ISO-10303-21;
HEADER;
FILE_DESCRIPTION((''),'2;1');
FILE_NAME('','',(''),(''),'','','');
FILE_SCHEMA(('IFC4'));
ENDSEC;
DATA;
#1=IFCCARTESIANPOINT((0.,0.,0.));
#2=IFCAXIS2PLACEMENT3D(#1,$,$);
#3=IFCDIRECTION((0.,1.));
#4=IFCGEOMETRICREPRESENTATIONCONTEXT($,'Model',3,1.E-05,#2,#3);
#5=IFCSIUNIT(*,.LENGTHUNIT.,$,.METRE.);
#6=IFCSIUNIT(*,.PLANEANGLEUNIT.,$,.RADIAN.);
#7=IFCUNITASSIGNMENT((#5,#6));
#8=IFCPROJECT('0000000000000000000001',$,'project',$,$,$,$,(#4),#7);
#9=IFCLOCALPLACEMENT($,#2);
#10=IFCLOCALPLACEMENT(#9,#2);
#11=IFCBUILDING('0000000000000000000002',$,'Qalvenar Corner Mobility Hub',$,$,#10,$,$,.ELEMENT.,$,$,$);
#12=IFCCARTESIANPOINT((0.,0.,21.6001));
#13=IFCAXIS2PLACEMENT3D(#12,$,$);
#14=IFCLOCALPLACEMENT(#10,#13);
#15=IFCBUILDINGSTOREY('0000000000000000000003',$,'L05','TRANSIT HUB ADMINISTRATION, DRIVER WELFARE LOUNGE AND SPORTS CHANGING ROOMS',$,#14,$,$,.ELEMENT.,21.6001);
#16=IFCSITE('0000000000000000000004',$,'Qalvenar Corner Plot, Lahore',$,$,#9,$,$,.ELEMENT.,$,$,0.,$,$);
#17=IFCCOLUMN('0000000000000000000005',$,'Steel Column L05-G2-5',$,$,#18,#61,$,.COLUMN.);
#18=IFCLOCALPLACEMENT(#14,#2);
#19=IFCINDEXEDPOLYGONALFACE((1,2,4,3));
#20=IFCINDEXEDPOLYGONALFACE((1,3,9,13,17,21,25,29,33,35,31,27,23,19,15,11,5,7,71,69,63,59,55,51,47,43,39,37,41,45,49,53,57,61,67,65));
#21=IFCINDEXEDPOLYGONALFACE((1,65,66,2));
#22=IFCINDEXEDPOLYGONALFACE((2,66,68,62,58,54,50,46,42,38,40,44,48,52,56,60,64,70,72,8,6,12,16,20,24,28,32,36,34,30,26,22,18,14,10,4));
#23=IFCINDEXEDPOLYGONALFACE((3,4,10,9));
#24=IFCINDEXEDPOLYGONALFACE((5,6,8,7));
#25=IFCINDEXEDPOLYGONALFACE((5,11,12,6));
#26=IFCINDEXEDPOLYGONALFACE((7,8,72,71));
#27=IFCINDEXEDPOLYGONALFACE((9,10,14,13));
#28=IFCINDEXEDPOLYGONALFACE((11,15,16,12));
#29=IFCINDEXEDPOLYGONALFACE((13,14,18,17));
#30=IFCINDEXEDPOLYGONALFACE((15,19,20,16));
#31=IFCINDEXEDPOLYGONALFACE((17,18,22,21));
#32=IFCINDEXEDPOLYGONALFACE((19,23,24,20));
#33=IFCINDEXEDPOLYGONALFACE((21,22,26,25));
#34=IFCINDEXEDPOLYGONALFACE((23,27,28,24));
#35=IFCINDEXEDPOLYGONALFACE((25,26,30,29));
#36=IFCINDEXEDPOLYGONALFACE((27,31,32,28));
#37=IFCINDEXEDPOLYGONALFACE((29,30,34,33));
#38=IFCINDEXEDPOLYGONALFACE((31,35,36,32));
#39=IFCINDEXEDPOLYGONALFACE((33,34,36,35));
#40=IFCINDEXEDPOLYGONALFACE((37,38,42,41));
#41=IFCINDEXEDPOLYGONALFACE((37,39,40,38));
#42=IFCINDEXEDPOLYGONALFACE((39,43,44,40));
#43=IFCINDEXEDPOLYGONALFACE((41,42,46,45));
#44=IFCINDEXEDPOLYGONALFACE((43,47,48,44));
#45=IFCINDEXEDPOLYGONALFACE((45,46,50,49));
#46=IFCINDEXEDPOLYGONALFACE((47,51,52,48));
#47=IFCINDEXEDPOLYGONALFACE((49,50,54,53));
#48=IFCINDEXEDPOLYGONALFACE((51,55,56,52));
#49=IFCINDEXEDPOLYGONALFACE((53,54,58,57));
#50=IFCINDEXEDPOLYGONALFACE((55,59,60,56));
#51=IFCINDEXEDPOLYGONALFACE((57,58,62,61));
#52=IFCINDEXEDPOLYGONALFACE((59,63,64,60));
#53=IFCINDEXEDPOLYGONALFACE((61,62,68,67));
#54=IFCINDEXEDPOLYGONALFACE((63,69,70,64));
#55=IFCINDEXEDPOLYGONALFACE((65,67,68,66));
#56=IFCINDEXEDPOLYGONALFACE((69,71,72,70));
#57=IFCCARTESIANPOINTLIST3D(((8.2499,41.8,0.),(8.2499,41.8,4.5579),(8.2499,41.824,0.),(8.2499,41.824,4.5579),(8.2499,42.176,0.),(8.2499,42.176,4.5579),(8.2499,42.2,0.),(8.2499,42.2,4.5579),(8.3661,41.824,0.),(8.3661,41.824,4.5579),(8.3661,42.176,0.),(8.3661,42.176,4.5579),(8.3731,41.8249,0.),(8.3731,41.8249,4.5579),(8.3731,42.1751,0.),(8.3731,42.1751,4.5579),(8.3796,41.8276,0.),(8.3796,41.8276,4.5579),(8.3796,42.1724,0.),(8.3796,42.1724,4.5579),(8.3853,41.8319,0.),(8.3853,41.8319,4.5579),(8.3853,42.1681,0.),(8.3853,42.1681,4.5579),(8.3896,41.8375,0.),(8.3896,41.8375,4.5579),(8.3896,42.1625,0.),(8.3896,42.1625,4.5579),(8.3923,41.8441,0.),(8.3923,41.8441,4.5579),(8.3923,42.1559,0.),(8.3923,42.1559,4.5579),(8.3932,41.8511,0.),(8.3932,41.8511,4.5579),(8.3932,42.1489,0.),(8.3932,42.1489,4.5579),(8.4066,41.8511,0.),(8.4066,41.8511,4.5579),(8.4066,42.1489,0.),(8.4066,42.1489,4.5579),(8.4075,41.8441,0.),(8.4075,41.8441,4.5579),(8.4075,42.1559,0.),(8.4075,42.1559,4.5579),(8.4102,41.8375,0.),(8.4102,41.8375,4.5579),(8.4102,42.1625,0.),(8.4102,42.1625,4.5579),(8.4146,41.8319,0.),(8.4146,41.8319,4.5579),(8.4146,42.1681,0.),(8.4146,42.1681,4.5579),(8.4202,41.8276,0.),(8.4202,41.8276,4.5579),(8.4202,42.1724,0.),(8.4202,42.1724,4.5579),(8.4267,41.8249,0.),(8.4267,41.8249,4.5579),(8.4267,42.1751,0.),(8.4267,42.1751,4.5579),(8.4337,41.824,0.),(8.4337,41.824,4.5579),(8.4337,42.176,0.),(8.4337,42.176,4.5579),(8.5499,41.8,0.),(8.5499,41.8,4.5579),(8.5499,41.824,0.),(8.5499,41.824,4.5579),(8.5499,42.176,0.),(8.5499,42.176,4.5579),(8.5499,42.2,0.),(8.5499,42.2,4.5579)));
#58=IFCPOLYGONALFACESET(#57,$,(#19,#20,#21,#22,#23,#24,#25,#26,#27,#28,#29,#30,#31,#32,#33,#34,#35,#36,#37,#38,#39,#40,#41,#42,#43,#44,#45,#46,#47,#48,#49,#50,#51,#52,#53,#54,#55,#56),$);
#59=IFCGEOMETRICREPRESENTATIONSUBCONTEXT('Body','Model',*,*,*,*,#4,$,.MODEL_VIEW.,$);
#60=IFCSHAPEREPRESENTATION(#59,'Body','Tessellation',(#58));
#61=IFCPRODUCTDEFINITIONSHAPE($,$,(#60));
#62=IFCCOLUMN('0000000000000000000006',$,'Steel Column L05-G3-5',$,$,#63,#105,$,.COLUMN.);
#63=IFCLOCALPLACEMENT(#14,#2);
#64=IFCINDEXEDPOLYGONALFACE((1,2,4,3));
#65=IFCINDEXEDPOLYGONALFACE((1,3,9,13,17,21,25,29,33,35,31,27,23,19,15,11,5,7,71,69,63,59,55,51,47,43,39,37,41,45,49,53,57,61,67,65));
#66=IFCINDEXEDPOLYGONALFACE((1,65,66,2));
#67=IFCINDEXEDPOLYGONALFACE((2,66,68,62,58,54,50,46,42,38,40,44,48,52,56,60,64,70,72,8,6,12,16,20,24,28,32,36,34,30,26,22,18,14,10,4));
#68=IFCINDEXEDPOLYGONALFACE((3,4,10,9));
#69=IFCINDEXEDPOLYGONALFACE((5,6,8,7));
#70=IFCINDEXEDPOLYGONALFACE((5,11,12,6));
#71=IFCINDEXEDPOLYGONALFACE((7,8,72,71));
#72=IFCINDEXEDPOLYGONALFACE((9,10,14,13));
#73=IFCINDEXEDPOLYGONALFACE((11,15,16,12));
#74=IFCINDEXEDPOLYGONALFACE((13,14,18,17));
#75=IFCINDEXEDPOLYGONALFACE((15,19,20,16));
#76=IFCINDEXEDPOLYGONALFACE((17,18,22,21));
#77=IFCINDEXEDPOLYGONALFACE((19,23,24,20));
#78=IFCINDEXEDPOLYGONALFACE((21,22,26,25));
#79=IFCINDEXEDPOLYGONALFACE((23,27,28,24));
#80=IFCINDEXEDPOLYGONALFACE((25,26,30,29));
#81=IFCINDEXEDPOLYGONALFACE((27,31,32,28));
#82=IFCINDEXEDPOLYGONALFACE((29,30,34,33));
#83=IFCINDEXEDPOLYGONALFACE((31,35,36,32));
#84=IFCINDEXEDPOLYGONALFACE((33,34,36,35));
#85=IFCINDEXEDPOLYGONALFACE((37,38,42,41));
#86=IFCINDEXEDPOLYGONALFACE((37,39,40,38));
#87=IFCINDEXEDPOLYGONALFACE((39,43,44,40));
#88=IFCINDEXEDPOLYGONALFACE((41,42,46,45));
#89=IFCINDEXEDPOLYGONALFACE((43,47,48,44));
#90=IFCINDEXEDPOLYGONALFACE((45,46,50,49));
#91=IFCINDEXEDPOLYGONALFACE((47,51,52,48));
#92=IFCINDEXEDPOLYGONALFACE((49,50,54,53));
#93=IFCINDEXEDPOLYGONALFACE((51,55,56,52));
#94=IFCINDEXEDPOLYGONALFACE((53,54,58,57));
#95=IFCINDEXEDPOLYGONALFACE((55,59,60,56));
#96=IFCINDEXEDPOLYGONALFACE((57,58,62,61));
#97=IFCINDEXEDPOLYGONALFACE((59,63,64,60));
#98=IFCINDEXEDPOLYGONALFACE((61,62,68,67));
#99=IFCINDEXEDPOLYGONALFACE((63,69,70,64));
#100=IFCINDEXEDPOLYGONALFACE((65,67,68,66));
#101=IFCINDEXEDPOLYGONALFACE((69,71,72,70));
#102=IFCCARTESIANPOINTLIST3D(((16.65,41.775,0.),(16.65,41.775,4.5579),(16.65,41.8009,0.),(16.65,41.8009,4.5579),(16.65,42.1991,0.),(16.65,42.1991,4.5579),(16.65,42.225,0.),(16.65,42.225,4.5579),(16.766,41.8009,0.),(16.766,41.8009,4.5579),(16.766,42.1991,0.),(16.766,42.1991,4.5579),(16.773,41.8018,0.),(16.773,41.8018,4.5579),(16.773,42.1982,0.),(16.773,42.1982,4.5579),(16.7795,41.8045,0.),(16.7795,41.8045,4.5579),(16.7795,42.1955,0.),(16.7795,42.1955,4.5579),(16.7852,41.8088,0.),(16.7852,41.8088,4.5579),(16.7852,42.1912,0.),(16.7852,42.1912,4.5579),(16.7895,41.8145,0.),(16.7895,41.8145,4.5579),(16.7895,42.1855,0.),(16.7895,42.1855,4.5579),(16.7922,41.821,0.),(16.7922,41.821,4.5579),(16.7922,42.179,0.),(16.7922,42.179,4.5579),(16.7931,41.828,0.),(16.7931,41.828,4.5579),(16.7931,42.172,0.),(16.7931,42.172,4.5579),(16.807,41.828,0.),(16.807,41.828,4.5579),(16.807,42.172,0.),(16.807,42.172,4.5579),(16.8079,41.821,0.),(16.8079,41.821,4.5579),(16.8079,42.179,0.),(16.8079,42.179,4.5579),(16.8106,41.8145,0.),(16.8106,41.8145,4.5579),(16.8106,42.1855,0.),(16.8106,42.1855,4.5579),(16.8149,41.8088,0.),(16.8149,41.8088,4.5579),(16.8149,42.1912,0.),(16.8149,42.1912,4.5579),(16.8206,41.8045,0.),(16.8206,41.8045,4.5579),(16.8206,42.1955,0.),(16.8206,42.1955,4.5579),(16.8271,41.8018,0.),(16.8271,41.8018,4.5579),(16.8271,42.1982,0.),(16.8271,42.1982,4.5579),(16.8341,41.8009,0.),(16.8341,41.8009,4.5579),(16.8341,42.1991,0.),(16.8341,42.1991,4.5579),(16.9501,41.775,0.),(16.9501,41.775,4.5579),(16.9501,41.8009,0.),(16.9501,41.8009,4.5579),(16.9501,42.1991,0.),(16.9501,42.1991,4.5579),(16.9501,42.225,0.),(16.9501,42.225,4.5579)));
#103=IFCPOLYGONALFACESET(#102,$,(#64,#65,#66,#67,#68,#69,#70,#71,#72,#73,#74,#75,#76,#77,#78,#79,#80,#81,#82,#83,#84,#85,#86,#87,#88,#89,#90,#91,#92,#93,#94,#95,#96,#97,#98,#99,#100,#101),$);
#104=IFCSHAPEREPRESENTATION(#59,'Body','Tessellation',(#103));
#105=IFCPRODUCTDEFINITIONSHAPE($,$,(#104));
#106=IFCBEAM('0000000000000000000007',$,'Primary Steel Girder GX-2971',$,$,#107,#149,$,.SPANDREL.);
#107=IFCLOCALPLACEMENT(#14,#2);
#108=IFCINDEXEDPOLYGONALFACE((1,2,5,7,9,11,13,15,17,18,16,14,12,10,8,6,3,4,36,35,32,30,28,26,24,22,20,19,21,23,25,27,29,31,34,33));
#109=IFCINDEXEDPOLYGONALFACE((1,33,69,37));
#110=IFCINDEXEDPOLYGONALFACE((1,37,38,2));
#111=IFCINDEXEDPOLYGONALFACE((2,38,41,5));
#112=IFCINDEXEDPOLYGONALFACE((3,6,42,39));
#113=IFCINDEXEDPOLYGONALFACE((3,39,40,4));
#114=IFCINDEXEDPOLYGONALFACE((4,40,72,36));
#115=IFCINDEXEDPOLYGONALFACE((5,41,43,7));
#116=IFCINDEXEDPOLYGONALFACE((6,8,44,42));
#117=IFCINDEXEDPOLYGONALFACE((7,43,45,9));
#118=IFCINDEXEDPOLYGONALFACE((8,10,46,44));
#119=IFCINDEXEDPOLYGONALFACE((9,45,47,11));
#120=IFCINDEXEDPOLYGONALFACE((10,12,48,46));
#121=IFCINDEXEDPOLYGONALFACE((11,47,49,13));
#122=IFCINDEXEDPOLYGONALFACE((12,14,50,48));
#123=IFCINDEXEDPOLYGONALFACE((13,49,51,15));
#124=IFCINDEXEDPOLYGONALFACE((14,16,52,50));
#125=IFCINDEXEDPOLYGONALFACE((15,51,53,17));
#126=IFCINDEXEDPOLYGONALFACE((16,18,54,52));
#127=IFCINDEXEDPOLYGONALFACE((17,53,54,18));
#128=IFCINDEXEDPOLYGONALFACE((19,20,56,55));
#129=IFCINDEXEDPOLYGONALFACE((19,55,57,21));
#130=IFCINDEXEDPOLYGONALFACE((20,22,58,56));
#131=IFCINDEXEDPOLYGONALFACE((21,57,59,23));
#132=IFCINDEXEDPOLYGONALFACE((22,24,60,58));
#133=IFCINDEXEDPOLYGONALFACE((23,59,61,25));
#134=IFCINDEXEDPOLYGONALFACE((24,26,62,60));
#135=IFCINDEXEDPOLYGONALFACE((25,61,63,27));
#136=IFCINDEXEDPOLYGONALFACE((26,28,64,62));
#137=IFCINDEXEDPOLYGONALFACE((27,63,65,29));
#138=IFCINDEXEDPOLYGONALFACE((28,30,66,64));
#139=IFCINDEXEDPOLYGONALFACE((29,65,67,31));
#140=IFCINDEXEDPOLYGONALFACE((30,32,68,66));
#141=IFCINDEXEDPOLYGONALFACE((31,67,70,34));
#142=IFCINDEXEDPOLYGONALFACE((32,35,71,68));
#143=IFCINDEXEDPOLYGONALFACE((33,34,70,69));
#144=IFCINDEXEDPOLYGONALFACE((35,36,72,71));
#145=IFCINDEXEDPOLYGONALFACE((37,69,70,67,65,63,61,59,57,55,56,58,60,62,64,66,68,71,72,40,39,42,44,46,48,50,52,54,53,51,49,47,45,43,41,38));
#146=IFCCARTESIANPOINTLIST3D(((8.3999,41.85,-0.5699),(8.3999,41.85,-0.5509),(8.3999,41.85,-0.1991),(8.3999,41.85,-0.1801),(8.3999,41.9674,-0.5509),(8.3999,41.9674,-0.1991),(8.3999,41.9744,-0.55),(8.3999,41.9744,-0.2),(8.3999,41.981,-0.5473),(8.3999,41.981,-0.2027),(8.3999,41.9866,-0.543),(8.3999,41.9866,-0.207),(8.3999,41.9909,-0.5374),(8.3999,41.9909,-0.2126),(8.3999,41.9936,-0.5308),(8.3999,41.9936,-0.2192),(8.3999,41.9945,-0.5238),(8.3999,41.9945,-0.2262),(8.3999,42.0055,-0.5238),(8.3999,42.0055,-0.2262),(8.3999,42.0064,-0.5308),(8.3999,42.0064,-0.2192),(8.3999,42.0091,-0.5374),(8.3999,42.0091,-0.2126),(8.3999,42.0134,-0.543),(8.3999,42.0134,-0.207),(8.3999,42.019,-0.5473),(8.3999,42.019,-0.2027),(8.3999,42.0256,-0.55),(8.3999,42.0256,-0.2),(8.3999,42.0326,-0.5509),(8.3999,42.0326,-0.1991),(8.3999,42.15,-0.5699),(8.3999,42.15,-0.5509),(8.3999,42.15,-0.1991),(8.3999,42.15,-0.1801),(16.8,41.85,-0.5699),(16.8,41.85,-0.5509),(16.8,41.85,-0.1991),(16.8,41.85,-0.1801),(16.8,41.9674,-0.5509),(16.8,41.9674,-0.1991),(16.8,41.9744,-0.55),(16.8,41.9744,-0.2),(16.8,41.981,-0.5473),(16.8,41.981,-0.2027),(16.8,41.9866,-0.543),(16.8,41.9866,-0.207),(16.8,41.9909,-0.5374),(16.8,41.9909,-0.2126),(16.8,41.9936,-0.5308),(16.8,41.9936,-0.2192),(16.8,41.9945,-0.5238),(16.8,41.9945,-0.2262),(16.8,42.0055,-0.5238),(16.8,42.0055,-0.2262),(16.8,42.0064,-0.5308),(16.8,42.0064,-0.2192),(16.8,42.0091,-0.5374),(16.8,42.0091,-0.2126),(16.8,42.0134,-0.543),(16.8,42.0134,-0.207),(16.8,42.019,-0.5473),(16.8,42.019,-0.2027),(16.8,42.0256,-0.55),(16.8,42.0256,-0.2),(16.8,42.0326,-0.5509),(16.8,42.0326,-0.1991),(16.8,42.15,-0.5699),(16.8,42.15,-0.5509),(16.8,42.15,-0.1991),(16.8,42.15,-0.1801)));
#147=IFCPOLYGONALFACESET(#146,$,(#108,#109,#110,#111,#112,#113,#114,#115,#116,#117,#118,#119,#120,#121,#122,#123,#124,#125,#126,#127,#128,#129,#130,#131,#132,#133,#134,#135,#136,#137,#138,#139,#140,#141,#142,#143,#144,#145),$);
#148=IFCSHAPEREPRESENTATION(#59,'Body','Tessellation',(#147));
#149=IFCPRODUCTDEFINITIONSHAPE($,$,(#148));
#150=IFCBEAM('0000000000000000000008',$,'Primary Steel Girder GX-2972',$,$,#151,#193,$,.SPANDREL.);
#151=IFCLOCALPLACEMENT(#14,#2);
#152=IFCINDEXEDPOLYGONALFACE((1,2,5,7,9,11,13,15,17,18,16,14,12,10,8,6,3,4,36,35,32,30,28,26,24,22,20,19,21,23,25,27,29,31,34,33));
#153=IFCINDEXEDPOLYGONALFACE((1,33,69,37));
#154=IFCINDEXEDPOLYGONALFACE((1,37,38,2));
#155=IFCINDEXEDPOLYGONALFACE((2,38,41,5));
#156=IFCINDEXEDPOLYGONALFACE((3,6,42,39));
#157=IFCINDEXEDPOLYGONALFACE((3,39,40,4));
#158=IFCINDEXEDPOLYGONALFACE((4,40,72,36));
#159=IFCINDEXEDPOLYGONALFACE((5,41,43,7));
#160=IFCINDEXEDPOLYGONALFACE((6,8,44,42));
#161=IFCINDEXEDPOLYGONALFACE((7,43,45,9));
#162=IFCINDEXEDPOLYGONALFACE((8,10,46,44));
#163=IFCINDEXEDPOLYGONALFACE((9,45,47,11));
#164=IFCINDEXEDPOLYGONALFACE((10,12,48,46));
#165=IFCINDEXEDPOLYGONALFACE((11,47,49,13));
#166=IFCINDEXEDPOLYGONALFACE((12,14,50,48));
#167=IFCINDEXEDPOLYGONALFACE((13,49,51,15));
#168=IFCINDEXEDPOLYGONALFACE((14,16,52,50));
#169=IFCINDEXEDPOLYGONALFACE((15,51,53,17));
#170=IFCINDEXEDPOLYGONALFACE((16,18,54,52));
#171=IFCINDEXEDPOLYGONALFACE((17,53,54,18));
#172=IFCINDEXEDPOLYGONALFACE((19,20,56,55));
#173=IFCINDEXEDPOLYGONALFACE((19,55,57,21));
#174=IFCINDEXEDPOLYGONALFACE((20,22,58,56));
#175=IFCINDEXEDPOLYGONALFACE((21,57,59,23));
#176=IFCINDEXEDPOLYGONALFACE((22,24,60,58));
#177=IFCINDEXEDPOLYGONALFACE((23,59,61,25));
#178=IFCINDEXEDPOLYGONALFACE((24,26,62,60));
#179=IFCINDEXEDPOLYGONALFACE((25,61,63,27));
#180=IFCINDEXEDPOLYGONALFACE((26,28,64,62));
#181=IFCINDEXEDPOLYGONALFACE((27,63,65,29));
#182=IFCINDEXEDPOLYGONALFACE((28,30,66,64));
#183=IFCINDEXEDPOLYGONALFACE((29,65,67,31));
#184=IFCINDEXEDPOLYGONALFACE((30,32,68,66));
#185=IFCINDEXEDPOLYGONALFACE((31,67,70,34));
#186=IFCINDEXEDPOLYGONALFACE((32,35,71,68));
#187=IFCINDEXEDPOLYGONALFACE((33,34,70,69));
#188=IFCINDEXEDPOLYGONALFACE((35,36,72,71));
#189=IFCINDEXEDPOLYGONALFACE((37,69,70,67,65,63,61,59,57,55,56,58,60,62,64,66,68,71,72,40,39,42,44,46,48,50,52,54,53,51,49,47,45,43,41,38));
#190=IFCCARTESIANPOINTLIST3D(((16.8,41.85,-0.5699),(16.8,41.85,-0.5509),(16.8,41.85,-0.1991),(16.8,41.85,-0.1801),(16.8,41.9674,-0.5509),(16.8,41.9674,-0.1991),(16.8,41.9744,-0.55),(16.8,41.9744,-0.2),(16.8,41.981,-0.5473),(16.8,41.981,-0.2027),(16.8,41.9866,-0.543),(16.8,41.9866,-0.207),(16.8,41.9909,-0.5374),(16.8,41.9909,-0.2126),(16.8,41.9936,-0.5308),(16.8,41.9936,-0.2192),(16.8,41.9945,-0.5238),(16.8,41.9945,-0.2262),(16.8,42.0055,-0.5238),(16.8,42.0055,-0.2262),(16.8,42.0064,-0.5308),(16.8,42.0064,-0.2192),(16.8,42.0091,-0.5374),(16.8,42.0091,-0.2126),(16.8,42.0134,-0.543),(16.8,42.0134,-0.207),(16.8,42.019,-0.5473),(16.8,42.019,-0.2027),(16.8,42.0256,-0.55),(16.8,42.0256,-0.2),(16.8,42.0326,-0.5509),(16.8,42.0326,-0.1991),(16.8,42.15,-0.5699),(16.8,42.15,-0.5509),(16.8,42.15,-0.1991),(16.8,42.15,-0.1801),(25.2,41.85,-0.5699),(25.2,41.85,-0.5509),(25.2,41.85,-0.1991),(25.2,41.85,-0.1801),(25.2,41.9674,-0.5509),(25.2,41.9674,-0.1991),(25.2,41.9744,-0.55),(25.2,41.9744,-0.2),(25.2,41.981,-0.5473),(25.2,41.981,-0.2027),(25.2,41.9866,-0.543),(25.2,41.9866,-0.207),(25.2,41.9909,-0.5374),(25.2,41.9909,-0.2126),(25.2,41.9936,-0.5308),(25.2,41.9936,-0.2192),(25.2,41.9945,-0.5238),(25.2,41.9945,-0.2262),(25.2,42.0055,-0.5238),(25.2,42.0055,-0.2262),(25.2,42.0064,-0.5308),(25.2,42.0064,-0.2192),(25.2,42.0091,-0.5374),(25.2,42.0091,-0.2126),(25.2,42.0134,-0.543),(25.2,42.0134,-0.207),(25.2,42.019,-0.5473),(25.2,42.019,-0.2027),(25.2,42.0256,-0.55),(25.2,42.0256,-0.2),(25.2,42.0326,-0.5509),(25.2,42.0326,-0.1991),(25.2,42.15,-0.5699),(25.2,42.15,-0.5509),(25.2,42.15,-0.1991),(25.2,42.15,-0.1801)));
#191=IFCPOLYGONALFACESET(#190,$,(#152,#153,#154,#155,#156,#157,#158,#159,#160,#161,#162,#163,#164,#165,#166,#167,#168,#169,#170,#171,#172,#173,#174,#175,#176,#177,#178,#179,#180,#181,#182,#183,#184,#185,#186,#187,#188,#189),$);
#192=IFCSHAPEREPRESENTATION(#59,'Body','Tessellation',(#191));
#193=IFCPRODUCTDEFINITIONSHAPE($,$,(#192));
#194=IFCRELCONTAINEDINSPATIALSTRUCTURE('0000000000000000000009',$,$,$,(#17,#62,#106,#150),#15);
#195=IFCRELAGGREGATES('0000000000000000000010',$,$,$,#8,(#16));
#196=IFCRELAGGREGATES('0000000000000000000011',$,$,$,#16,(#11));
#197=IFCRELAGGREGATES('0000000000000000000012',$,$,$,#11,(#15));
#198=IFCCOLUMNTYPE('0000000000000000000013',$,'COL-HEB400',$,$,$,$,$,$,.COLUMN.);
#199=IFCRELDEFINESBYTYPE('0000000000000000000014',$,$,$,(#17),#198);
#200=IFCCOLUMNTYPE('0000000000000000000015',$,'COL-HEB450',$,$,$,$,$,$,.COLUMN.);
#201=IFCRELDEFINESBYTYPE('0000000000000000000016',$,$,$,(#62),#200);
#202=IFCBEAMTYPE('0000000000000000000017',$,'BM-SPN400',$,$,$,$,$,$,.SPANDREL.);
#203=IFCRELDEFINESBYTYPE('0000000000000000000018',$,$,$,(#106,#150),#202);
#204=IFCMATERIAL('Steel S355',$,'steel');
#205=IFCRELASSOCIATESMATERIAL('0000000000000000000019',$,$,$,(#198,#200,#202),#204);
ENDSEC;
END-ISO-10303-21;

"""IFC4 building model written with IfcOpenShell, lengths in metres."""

from ifc_helpers import new_model, si_unit, direction, frame, origin, origin_2d, place, context, subcontext, project, spatial, i_section, extrude, material, material_profile, profile_set, type_object, element, save


model = new_model("IFC4")

# Units and contexts
model_context = context("Model", 3, precision=1e-05, world=origin(), true_north=direction((0.0, 1.0)))
body_context = subcontext(model_context, "Body", "Model", "MODEL_VIEW")
ifc_project = project(units=[si_unit("LENGTHUNIT", "METRE"), si_unit("PLANEANGLEUNIT", "RADIAN")], contexts=[model_context])

# Site, building, storey
site_placement = place(None, origin())
site = spatial("IfcSite", under=ifc_project, at=site_placement, Name="Qalvenar Corner Plot, Lahore", CompositionType="ELEMENT", RefElevation=0.0)
building_placement = place(site_placement, origin())
building = spatial("IfcBuilding", under=site, at=building_placement, Name="Qalvenar Corner Mobility Hub", CompositionType="ELEMENT")
storey_placement = place(building_placement, frame((0.0, 0.0, 21.6001)))
storey = spatial("IfcBuildingStorey", under=building, at=storey_placement, Name="L05", Description="TRANSIT HUB ADMINISTRATION, DRIVER WELFARE LOUNGE AND SPORTS CHANGING ROOMS", CompositionType="ELEMENT", Elevation=21.6001)

# Columns
ifc_material_1 = material(Name="Steel S355", Category="steel")
ifc_material_profile_1 = material_profile(ifc_material_1, i_section(OverallWidth=0.3, OverallDepth=0.3999, WebThickness=0.0134, FlangeThickness=0.0239, FilletRadius=0.0271, at=origin_2d()), Name="HEB400")
ifc_profile_set_1 = profile_set([ifc_material_profile_1], Name="Steel S355")
column_type_1 = type_object("IfcColumnType", Name="COL-HEB400", PredefinedType="COLUMN", material=ifc_profile_set_1)
column_1_placement = place(storey_placement, frame((8.3999, 42.0, 0.0), z_axis=(0.0, 0.0, 1.0), x_axis=(1.0, 0.0, 0.0)))
element("IfcColumn", 1, at=column_1_placement, inside=storey, type_object=column_type_1, Name="Steel Column L05-G2-5", PredefinedType="COLUMN", context=body_context, shape_type="SweptSolid", body=[
    extrude(i_section(OverallWidth=0.3, OverallDepth=0.3999, WebThickness=0.0134, FlangeThickness=0.0239, FilletRadius=0.0271, at=origin_2d()), origin(), (0.0, 0.0, 1.0), 4.5579),
])
ifc_material_profile_2 = material_profile(ifc_material_1, i_section(OverallWidth=0.3, OverallDepth=0.45, WebThickness=0.0139, FlangeThickness=0.0259, FilletRadius=0.0271, at=origin_2d()), Name="HEB450")
ifc_profile_set_2 = profile_set([ifc_material_profile_2], Name="Steel S355")
column_type_2 = type_object("IfcColumnType", Name="COL-HEB450", PredefinedType="COLUMN", material=ifc_profile_set_2)
column_2_placement = place(storey_placement, frame((16.8, 42.0, 0.0), z_axis=(0.0, 0.0, 1.0), x_axis=(1.0, 0.0, 0.0)))
element("IfcColumn", 2, at=column_2_placement, inside=storey, type_object=column_type_2, Name="Steel Column L05-G3-5", PredefinedType="COLUMN", context=body_context, shape_type="SweptSolid", body=[
    extrude(i_section(OverallWidth=0.3, OverallDepth=0.45, WebThickness=0.0139, FlangeThickness=0.0259, FilletRadius=0.0271, at=origin_2d()), origin(), (0.0, 0.0, 1.0), 4.5579),
])

# Beams
ifc_material_profile_3 = material_profile(ifc_material_1, i_section(OverallWidth=0.3, OverallDepth=0.3899, WebThickness=0.011, FlangeThickness=0.019, FilletRadius=0.0271, at=origin_2d()), Name="HEA400")
ifc_profile_set_3 = profile_set([ifc_material_profile_3], Name="Steel S355")
beam_type = type_object("IfcBeamType", Name="BM-SPN400", PredefinedType="SPANDREL", material=ifc_profile_set_3)
beam_1_placement = place(storey_placement, frame((8.3999, 42.0, -0.375), z_axis=(1.0, 0.0, 0.0), x_axis=(0.0, 1.0, 0.0)))
element("IfcBeam", 3, at=beam_1_placement, inside=storey, type_object=beam_type, Name="Primary Steel Girder GX-2971", PredefinedType="SPANDREL", context=body_context, shape_type="SweptSolid", body=[
    extrude(i_section(OverallWidth=0.3, OverallDepth=0.3899, WebThickness=0.011, FlangeThickness=0.019, FilletRadius=0.0271, at=origin_2d()), origin(), (0.0, 0.0, 1.0), 8.4001),
])
beam_2_placement = place(storey_placement, frame((16.8, 42.0, -0.375), z_axis=(1.0, 0.0, 0.0), x_axis=(0.0, 1.0, 0.0)))
element("IfcBeam", 4, at=beam_2_placement, inside=storey, type_object=beam_type, Name="Primary Steel Girder GX-2972", PredefinedType="SPANDREL", context=body_context, shape_type="SweptSolid", body=[
    extrude(i_section(OverallWidth=0.3, OverallDepth=0.3899, WebThickness=0.011, FlangeThickness=0.019, FilletRadius=0.0271, at=origin_2d()), origin(), (0.0, 0.0, 1.0), 8.3999),
])

save(model, "model.ifc")
